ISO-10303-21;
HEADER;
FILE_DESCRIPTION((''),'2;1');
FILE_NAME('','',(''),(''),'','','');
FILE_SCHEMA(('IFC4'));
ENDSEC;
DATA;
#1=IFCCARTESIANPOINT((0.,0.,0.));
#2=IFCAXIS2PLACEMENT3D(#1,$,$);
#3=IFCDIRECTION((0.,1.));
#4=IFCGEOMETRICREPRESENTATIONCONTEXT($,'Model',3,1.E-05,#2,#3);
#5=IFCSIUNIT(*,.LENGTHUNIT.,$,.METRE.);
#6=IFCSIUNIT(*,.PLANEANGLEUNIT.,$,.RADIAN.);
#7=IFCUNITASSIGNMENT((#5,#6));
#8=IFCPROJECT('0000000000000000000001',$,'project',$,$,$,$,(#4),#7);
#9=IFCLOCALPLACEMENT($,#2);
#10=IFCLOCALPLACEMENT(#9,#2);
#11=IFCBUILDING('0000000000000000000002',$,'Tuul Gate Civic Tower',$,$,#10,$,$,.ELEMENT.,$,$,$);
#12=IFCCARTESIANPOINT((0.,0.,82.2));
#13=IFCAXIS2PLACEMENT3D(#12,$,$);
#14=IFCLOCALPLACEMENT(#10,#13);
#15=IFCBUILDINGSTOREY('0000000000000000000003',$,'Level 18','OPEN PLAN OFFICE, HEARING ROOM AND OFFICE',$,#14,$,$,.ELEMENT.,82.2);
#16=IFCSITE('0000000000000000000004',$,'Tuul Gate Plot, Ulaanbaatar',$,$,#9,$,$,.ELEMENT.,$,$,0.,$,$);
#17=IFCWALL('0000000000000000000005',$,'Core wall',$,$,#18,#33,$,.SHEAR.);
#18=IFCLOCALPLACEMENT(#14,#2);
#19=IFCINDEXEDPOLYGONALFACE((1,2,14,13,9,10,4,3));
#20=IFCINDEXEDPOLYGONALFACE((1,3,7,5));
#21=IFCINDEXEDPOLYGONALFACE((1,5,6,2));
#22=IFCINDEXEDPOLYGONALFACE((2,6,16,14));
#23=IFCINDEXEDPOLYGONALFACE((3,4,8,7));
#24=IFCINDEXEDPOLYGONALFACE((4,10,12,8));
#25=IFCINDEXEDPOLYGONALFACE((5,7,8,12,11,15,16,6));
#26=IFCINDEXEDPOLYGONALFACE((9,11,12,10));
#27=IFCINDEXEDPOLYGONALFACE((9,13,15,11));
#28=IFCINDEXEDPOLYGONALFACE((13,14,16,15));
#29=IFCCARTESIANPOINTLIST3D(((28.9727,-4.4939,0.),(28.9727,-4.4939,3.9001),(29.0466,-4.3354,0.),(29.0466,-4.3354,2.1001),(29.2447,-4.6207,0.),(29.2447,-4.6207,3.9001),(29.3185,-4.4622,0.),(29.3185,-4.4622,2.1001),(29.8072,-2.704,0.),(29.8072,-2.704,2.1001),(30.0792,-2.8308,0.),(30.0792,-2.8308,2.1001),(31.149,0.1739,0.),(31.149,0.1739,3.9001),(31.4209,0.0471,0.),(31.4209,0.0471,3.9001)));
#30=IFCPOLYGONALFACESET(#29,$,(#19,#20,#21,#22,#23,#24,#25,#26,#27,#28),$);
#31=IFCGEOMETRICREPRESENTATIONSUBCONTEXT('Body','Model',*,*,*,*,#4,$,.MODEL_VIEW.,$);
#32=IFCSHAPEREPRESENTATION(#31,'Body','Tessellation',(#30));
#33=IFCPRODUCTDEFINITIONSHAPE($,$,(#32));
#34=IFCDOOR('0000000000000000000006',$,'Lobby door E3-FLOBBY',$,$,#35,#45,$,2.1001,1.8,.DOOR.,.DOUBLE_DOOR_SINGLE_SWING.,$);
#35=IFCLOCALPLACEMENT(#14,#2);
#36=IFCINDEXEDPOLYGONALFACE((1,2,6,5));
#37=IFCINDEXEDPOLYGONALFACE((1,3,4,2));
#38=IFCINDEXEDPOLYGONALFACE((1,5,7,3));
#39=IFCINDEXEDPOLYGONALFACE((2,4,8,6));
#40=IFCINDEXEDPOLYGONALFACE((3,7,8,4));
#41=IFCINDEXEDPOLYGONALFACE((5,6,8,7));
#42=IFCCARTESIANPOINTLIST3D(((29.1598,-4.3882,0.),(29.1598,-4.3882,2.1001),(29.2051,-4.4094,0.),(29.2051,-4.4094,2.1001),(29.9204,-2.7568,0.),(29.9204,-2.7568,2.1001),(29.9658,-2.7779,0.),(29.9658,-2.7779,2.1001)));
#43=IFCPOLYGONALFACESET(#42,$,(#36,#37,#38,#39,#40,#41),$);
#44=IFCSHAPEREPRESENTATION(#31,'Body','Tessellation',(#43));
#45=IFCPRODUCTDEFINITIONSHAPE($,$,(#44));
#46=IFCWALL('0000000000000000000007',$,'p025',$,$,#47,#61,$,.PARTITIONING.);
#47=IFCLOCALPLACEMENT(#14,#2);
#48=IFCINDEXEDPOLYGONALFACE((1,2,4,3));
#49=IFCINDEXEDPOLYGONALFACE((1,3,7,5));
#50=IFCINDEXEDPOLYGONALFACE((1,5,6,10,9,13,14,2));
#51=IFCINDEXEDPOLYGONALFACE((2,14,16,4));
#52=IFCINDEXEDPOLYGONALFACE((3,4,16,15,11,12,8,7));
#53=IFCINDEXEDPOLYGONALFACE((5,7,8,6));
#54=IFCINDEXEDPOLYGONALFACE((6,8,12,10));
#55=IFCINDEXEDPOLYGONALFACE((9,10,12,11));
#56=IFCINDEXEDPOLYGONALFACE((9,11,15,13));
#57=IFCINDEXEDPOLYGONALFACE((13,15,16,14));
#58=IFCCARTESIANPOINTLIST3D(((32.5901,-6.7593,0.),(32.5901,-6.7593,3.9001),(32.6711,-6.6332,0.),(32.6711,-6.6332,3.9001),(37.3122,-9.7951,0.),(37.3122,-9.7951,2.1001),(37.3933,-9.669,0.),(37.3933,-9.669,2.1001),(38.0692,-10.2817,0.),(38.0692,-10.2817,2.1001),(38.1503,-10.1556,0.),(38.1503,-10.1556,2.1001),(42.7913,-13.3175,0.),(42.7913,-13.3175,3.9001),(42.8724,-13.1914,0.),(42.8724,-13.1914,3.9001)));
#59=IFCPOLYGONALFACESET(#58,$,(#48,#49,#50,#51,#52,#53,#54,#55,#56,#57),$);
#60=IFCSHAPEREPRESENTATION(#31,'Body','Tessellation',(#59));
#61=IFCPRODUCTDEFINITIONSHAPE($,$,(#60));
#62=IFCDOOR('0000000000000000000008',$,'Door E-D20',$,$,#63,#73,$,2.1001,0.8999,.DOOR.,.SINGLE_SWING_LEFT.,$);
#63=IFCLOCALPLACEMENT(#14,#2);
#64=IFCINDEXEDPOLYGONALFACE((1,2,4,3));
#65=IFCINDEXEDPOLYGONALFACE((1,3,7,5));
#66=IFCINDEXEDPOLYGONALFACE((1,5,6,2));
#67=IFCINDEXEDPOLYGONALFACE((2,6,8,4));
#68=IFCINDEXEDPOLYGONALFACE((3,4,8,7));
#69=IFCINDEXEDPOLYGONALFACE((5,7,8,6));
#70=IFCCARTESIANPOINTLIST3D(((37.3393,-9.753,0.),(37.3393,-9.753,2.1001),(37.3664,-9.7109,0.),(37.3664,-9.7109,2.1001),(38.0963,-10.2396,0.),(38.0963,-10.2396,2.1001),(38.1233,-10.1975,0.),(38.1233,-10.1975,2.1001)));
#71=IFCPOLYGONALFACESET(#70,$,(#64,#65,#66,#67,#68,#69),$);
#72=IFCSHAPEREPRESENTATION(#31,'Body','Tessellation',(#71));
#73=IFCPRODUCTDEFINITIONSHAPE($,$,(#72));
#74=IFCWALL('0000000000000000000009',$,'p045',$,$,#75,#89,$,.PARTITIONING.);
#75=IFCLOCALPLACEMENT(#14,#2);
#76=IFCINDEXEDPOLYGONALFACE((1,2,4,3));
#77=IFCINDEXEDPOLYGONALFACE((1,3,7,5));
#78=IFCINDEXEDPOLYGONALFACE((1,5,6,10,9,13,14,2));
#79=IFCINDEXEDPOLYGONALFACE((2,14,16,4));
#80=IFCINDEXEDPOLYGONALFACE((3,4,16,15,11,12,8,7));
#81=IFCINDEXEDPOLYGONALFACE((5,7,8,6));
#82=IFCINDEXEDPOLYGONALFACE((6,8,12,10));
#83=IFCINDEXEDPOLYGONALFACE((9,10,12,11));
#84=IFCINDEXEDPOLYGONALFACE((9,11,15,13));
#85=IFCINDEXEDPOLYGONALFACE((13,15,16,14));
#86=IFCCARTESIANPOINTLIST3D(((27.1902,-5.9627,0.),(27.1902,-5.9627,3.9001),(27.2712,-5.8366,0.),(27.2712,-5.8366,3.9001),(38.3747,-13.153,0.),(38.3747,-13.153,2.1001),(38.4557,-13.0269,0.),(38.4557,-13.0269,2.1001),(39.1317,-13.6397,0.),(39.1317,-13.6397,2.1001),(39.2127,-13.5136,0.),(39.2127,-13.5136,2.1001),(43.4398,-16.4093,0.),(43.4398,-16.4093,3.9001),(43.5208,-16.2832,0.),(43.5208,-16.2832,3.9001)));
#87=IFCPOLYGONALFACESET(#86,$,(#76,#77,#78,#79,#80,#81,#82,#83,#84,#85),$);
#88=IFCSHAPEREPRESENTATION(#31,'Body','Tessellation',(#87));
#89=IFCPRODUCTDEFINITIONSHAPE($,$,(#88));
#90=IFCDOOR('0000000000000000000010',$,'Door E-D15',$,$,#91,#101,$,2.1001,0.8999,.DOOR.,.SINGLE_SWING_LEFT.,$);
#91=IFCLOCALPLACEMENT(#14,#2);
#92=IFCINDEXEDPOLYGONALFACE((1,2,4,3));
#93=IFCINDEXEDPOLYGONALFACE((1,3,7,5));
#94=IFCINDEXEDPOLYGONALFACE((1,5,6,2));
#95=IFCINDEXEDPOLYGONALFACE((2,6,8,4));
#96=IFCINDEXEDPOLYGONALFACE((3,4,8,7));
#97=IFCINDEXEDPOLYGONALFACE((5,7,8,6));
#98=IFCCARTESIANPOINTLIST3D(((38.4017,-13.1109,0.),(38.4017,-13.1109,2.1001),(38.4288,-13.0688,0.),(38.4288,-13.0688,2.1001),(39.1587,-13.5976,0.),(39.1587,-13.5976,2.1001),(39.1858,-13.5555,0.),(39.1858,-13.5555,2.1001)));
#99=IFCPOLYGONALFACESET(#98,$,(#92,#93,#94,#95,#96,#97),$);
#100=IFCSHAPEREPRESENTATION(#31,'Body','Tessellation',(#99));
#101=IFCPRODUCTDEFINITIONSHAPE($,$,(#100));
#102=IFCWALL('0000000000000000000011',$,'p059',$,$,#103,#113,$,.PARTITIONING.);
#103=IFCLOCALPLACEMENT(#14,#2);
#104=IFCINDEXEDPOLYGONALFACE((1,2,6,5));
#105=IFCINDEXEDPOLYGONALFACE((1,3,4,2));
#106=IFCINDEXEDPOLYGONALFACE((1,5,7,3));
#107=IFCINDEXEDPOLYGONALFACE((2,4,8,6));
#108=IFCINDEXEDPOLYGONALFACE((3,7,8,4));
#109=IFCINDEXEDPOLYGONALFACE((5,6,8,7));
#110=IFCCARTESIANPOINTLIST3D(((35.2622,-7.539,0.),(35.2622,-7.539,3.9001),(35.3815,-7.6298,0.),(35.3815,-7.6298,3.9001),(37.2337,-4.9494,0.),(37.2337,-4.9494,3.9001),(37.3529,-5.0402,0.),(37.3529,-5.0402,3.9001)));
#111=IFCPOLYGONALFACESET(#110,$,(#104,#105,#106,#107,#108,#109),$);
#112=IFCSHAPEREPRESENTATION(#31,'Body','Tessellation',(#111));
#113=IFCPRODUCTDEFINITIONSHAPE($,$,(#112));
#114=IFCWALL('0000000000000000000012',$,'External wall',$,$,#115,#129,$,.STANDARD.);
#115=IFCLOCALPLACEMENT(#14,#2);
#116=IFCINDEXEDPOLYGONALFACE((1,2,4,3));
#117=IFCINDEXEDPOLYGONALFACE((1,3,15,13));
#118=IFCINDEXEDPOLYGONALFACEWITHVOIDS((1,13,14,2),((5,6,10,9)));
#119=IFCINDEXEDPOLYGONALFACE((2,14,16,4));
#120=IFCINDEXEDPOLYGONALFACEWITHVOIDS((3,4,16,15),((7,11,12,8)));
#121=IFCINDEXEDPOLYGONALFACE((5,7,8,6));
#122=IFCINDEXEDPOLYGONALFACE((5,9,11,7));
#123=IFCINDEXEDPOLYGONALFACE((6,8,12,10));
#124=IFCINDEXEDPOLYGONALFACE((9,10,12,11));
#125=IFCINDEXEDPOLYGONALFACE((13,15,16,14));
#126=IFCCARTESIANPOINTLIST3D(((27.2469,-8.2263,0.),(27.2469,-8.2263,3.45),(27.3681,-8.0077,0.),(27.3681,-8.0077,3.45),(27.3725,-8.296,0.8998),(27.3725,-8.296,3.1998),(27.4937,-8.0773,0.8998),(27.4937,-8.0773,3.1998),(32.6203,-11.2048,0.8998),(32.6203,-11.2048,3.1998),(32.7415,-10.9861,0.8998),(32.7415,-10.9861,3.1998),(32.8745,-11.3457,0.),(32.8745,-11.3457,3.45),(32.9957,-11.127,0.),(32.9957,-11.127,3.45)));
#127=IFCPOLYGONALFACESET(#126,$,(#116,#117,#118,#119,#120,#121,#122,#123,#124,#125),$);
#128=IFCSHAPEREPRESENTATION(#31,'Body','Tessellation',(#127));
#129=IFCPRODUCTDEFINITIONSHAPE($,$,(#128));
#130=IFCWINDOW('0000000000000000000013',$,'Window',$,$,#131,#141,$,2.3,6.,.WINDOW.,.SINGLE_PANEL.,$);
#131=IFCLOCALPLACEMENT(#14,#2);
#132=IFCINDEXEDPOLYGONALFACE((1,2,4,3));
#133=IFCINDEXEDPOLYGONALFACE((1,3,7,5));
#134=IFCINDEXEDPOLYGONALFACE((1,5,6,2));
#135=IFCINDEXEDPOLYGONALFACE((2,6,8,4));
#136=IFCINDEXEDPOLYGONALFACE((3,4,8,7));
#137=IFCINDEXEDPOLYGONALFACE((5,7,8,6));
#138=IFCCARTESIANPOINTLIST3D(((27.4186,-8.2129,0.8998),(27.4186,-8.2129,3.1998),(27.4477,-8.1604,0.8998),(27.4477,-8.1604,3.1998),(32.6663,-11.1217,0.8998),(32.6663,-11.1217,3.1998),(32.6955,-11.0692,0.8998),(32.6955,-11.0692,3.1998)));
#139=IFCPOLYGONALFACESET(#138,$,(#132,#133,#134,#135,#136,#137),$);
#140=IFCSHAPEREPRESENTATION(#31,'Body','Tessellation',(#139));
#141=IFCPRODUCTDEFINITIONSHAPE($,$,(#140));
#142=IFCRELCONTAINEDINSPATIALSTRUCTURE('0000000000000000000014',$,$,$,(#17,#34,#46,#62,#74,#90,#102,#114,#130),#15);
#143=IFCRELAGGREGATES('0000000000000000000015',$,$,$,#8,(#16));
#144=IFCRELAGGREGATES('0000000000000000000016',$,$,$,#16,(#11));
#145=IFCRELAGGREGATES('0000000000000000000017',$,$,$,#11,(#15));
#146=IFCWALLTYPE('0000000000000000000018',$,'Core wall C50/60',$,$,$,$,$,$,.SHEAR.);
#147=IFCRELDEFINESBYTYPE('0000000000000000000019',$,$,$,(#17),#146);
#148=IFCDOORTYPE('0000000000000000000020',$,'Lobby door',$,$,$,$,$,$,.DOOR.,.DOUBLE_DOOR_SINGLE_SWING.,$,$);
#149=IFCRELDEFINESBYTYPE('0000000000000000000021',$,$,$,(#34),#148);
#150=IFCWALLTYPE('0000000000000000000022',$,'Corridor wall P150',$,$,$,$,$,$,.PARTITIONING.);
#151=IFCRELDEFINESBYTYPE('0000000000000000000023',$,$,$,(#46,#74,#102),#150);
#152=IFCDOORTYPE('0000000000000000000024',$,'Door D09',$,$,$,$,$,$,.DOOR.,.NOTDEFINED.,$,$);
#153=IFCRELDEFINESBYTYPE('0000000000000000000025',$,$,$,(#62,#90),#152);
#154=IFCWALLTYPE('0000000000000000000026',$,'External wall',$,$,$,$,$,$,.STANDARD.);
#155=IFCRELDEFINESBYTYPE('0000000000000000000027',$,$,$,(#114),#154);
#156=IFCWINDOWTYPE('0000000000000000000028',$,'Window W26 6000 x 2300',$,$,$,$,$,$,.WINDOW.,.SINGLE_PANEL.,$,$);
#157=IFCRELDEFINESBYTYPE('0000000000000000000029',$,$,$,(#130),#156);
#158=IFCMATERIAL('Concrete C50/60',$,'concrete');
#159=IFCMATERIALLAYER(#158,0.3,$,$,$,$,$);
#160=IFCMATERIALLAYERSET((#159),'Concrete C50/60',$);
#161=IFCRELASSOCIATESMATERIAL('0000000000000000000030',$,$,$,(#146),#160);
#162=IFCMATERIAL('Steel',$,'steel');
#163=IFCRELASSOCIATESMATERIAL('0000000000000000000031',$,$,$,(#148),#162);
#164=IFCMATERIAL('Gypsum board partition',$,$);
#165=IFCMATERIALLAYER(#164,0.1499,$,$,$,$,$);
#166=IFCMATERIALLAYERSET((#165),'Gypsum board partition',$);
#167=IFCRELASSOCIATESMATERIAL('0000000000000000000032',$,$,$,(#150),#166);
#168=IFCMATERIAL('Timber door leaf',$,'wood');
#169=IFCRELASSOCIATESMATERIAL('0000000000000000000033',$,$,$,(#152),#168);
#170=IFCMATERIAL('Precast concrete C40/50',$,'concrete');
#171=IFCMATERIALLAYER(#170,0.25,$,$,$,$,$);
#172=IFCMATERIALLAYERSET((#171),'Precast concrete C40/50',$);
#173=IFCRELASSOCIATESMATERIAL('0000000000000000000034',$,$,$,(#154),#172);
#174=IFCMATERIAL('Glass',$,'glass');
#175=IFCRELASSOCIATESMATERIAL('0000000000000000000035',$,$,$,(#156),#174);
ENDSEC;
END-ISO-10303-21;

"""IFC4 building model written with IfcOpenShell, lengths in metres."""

from ifc_helpers import new_model, si_unit, direction, frame, frame_2d, origin, place, context, subcontext, project, spatial, rectangle, extrude, material, layer, layer_set, type_object, element, fill, save


model = new_model("IFC4")

# Units and contexts
model_context = context("Model", 3, precision=1e-05, world=origin(), true_north=direction((0.0, 1.0)))
body_context = subcontext(model_context, "Body", "Model", "MODEL_VIEW")
ifc_project = project(units=[si_unit("LENGTHUNIT", "METRE"), si_unit("PLANEANGLEUNIT", "RADIAN")], contexts=[model_context])

# Site, building, storey
site_placement = place(None, origin())
site = spatial("IfcSite", under=ifc_project, at=site_placement, Name="Tuul Gate Plot, Ulaanbaatar", CompositionType="ELEMENT", RefElevation=0.0)
building_placement = place(site_placement, origin())
building = spatial("IfcBuilding", under=site, at=building_placement, Name="Tuul Gate Civic Tower", CompositionType="ELEMENT")
storey_placement = place(building_placement, frame((0.0, 0.0, 82.2)))
storey = spatial("IfcBuildingStorey", under=building, at=storey_placement, Name="Level 18", Description="OPEN PLAN OFFICE, HEARING ROOM AND OFFICE", CompositionType="ELEMENT", Elevation=82.2)

# Shared definitions
ifc_material_1 = material(Name="Concrete C50/60", Category="concrete")
ifc_layer_1 = layer(ifc_material_1, 0.3)
ifc_layer_set_1 = layer_set([ifc_layer_1], Name="Concrete C50/60")
wall_type_1 = type_object("IfcWallType", Name="Core wall C50/60", PredefinedType="SHEAR", material=ifc_layer_set_1)
ifc_material_2 = material(Name="Steel", Category="steel")
door_type_1 = type_object("IfcDoorType", Name="Lobby door", OperationType="DOUBLE_DOOR_SINGLE_SWING", PredefinedType="DOOR", material=ifc_material_2)

# Walls, openings, doors
wall_1_placement = place(storey_placement, frame((29.1086, -4.5574, 0.0), z_axis=(0.0, 0.0, 1.0), x_axis=(0.422566, 0.906332, 0.0)))
wall_1 = element("IfcWall", 1, at=wall_1_placement, inside=storey, type_object=wall_type_1, Name="Core wall", PredefinedType="SHEAR", context=body_context, shape_type="SweptSolid", body=[
    extrude(rectangle(XDim=5.1501, YDim=0.3, at=frame_2d((2.5752, 0.0))), origin(), (0.0, 0.0, 1.0), 3.9001),
])
opening_1_placement = place(wall_1_placement, frame((0.175, 0.0, 0.0)))
opening_1 = element("IfcOpeningElement", 2, at=opening_1_placement, cuts=wall_1, PredefinedType="OPENING", context=body_context, shape_type="SweptSolid", body=[
    extrude(rectangle(XDim=1.8, YDim=2.1001, at=frame_2d((0.8999, 1.05))), frame((0.0, 0.1602, 0.0), z_axis=(0.0, -1.0, 0.0), x_axis=(1.0, 0.0, 0.0)), (0.0, 0.0, 1.0), 0.3201),
])
door_1_placement = place(opening_1_placement, frame((1.8, 0.0, 0.0), z_axis=(0.0, 0.0, 1.0), x_axis=(-1.0, 0.0, 0.0)))
door_1 = element("IfcDoor", 3, at=door_1_placement, inside=storey, type_object=door_type_1, Name="Lobby door E3-FLOBBY", OperationType="DOUBLE_DOOR_SINGLE_SWING", OverallHeight=2.1001, OverallWidth=1.8, PredefinedType="DOOR", context=body_context, shape_type="SweptSolid", body=[
    extrude(rectangle(XDim=1.8, YDim=2.1001, at=frame_2d((0.9001, 1.05))), frame((0.0, 0.0249, 0.0), z_axis=(0.0, -1.0, 0.0), x_axis=(1.0, 0.0, 0.0)), (0.0, 0.0, 1.0), 0.05),
])
fill(opening_1, door_1)
ifc_material_3 = material(Name="Gypsum board partition")
ifc_layer_2 = layer(ifc_material_3, 0.1499)
ifc_layer_set_2 = layer_set([ifc_layer_2], Name="Gypsum board partition")
wall_type_2 = type_object("IfcWallType", Name="Corridor wall P150", PredefinedType="PARTITIONING", material=ifc_layer_set_2)
wall_2_placement = place(storey_placement, frame((32.6306, -6.6963, 0.0), z_axis=(0.0, 0.0, 1.0), x_axis=(0.841171, -0.54077, 0.0)))
wall_2 = element("IfcWall", 4, at=wall_2_placement, inside=storey, type_object=wall_type_2, Name="p025", PredefinedType="PARTITIONING", context=body_context, shape_type="SweptSolid", body=[
    extrude(rectangle(XDim=12.1274, YDim=0.1499, at=frame_2d((6.0637, 0.0))), origin(), (0.0, 0.0, 1.0), 3.9001),
])
opening_2_placement = place(wall_2_placement, frame((5.6138, 0.0, 0.0)))
opening_2 = element("IfcOpeningElement", 5, at=opening_2_placement, cuts=wall_2, PredefinedType="OPENING", context=body_context, shape_type="SweptSolid", body=[
    extrude(rectangle(XDim=0.8999, YDim=2.1001, at=frame_2d((0.45, 1.05))), frame((0.0, 0.085, 0.0), z_axis=(0.0, -1.0, 0.0), x_axis=(1.0, 0.0, 0.0)), (0.0, 0.0, 1.0), 0.1699),
])
ifc_material_4 = material(Name="Timber door leaf", Category="wood")
door_type_2 = type_object("IfcDoorType", Name="Door D09", OperationType="NOTDEFINED", PredefinedType="DOOR", material=ifc_material_4)
door_2_placement = place(opening_2_placement, frame((0.8999, 0.0, 0.0), z_axis=(0.0, 0.0, 1.0), x_axis=(-1.0, 0.0, 0.0)))
door_2 = element("IfcDoor", 6, at=door_2_placement, inside=storey, type_object=door_type_2, Name="Door E-D20", OperationType="SINGLE_SWING_LEFT", OverallHeight=2.1001, OverallWidth=0.8999, PredefinedType="DOOR", context=body_context, shape_type="SweptSolid", body=[
    extrude(rectangle(XDim=0.8999, YDim=2.1001, at=frame_2d((0.45, 1.05))), frame((0.0, 0.0249, 0.0), z_axis=(0.0, -1.0, 0.0), x_axis=(1.0, 0.0, 0.0)), (0.0, 0.0, 1.0), 0.05),
])
fill(opening_2, door_2)
wall_3_placement = place(storey_placement, frame((27.2307, -5.8997, 0.0), z_axis=(0.0, 0.0, 1.0), x_axis=(0.841169, -0.540773, 0.0)))
wall_3 = element("IfcWall", 7, at=wall_3_placement, inside=storey, type_object=wall_type_2, Name="p045", PredefinedType="PARTITIONING", context=body_context, shape_type="SweptSolid", body=[
    extrude(rectangle(XDim=19.3179, YDim=0.1499, at=frame_2d((9.6589, 0.0))), origin(), (0.0, 0.0, 1.0), 3.9001),
])
opening_3_placement = place(wall_3_placement, frame((13.2964, 0.0, 0.0)))
opening_3 = element("IfcOpeningElement", 8, at=opening_3_placement, cuts=wall_3, PredefinedType="OPENING", context=body_context, shape_type="SweptSolid", body=[
    extrude(rectangle(XDim=0.8999, YDim=2.1001, at=frame_2d((0.45, 1.05))), frame((0.0, 0.085, 0.0), z_axis=(0.0, -1.0, 0.0), x_axis=(1.0, 0.0, 0.0)), (0.0, 0.0, 1.0), 0.1699),
])
door_3_placement = place(opening_3_placement, frame((0.8999, 0.0, 0.0), z_axis=(0.0, 0.0, 1.0), x_axis=(-1.0, 0.0, 0.0)))
door_3 = element("IfcDoor", 9, at=door_3_placement, inside=storey, type_object=door_type_2, Name="Door E-D15", OperationType="SINGLE_SWING_LEFT", OverallHeight=2.1001, OverallWidth=0.8999, PredefinedType="DOOR", context=body_context, shape_type="SweptSolid", body=[
    extrude(rectangle(XDim=0.8999, YDim=2.1001, at=frame_2d((0.45, 1.05))), frame((0.0, 0.0249, 0.0), z_axis=(0.0, -1.0, 0.0), x_axis=(1.0, 0.0, 0.0)), (0.0, 0.0, 1.0), 0.05),
])
fill(opening_3, door_3)

# Wall
wall_4_placement = place(storey_placement, frame((35.3218, -7.5845, 0.0), z_axis=(0.0, 0.0, 1.0), x_axis=(0.605734, 0.795668, 0.0)))
element("IfcWall", 10, at=wall_4_placement, inside=storey, type_object=wall_type_2, Name="p059", PredefinedType="PARTITIONING", context=body_context, shape_type="SweptSolid", body=[
    extrude(rectangle(XDim=3.2546, YDim=0.1499, at=frame_2d((1.6274, 0.0))), origin(), (0.0, 0.0, 1.0), 3.9001),
])

# Wall, opening, window
ifc_material_5 = material(Name="Precast concrete C40/50", Category="concrete")
ifc_layer_3 = layer(ifc_material_5, 0.25)
ifc_layer_set_3 = layer_set([ifc_layer_3], Name="Precast concrete C40/50")
wall_type_3 = type_object("IfcWallType", Name="External wall", PredefinedType="STANDARD", material=ifc_layer_set_3)
wall_5_placement = place(storey_placement, frame((27.3074, -8.1169, 0.0), z_axis=(0.0, 0.0, 1.0), x_axis=(0.874626, -0.484799, 0.0)))
wall_5 = element("IfcWall", 11, at=wall_5_placement, inside=storey, type_object=wall_type_3, Name="External wall", PredefinedType="STANDARD", context=body_context, shape_type="SweptSolid", body=[
    extrude(rectangle(XDim=6.4343, YDim=0.25, at=frame_2d((3.2173, 0.0))), origin(), (0.0, 0.0, 1.0), 3.45),
])
opening_4_placement = place(wall_5_placement, frame((0.1438, 0.0, 0.8999)))
opening_4 = element("IfcOpeningElement", 12, at=opening_4_placement, cuts=wall_5, PredefinedType="OPENING", context=body_context, shape_type="SweptSolid", body=[
    extrude(rectangle(XDim=6.0, YDim=2.3, at=frame_2d((3.0, 1.1499))), frame((0.0, 0.135, 0.0), z_axis=(0.0, -1.0, 0.0), x_axis=(1.0, 0.0, 0.0)), (0.0, 0.0, 1.0), 0.27),
])
ifc_material_6 = material(Name="Glass", Category="glass")
window_type = type_object("IfcWindowType", Name="Window W26 6000 x 2300", PartitioningType="SINGLE_PANEL", PredefinedType="WINDOW", material=ifc_material_6)
window_1_placement = place(opening_4_placement, origin())
window_1 = element("IfcWindow", 13, at=window_1_placement, inside=storey, type_object=window_type, Name="Window", OverallHeight=2.3, OverallWidth=6.0, PartitioningType="SINGLE_PANEL", PredefinedType="WINDOW", context=body_context, shape_type="SweptSolid", body=[
    extrude(rectangle(XDim=6.0, YDim=2.3, at=frame_2d((3.0, 1.1499))), frame((0.0, 0.03, 0.0), z_axis=(0.0, -1.0, 0.0), x_axis=(1.0, 0.0, 0.0)), (0.0, 0.0, 1.0), 0.0601),
])
fill(opening_4, window_1)

save(model, "model.ifc")
